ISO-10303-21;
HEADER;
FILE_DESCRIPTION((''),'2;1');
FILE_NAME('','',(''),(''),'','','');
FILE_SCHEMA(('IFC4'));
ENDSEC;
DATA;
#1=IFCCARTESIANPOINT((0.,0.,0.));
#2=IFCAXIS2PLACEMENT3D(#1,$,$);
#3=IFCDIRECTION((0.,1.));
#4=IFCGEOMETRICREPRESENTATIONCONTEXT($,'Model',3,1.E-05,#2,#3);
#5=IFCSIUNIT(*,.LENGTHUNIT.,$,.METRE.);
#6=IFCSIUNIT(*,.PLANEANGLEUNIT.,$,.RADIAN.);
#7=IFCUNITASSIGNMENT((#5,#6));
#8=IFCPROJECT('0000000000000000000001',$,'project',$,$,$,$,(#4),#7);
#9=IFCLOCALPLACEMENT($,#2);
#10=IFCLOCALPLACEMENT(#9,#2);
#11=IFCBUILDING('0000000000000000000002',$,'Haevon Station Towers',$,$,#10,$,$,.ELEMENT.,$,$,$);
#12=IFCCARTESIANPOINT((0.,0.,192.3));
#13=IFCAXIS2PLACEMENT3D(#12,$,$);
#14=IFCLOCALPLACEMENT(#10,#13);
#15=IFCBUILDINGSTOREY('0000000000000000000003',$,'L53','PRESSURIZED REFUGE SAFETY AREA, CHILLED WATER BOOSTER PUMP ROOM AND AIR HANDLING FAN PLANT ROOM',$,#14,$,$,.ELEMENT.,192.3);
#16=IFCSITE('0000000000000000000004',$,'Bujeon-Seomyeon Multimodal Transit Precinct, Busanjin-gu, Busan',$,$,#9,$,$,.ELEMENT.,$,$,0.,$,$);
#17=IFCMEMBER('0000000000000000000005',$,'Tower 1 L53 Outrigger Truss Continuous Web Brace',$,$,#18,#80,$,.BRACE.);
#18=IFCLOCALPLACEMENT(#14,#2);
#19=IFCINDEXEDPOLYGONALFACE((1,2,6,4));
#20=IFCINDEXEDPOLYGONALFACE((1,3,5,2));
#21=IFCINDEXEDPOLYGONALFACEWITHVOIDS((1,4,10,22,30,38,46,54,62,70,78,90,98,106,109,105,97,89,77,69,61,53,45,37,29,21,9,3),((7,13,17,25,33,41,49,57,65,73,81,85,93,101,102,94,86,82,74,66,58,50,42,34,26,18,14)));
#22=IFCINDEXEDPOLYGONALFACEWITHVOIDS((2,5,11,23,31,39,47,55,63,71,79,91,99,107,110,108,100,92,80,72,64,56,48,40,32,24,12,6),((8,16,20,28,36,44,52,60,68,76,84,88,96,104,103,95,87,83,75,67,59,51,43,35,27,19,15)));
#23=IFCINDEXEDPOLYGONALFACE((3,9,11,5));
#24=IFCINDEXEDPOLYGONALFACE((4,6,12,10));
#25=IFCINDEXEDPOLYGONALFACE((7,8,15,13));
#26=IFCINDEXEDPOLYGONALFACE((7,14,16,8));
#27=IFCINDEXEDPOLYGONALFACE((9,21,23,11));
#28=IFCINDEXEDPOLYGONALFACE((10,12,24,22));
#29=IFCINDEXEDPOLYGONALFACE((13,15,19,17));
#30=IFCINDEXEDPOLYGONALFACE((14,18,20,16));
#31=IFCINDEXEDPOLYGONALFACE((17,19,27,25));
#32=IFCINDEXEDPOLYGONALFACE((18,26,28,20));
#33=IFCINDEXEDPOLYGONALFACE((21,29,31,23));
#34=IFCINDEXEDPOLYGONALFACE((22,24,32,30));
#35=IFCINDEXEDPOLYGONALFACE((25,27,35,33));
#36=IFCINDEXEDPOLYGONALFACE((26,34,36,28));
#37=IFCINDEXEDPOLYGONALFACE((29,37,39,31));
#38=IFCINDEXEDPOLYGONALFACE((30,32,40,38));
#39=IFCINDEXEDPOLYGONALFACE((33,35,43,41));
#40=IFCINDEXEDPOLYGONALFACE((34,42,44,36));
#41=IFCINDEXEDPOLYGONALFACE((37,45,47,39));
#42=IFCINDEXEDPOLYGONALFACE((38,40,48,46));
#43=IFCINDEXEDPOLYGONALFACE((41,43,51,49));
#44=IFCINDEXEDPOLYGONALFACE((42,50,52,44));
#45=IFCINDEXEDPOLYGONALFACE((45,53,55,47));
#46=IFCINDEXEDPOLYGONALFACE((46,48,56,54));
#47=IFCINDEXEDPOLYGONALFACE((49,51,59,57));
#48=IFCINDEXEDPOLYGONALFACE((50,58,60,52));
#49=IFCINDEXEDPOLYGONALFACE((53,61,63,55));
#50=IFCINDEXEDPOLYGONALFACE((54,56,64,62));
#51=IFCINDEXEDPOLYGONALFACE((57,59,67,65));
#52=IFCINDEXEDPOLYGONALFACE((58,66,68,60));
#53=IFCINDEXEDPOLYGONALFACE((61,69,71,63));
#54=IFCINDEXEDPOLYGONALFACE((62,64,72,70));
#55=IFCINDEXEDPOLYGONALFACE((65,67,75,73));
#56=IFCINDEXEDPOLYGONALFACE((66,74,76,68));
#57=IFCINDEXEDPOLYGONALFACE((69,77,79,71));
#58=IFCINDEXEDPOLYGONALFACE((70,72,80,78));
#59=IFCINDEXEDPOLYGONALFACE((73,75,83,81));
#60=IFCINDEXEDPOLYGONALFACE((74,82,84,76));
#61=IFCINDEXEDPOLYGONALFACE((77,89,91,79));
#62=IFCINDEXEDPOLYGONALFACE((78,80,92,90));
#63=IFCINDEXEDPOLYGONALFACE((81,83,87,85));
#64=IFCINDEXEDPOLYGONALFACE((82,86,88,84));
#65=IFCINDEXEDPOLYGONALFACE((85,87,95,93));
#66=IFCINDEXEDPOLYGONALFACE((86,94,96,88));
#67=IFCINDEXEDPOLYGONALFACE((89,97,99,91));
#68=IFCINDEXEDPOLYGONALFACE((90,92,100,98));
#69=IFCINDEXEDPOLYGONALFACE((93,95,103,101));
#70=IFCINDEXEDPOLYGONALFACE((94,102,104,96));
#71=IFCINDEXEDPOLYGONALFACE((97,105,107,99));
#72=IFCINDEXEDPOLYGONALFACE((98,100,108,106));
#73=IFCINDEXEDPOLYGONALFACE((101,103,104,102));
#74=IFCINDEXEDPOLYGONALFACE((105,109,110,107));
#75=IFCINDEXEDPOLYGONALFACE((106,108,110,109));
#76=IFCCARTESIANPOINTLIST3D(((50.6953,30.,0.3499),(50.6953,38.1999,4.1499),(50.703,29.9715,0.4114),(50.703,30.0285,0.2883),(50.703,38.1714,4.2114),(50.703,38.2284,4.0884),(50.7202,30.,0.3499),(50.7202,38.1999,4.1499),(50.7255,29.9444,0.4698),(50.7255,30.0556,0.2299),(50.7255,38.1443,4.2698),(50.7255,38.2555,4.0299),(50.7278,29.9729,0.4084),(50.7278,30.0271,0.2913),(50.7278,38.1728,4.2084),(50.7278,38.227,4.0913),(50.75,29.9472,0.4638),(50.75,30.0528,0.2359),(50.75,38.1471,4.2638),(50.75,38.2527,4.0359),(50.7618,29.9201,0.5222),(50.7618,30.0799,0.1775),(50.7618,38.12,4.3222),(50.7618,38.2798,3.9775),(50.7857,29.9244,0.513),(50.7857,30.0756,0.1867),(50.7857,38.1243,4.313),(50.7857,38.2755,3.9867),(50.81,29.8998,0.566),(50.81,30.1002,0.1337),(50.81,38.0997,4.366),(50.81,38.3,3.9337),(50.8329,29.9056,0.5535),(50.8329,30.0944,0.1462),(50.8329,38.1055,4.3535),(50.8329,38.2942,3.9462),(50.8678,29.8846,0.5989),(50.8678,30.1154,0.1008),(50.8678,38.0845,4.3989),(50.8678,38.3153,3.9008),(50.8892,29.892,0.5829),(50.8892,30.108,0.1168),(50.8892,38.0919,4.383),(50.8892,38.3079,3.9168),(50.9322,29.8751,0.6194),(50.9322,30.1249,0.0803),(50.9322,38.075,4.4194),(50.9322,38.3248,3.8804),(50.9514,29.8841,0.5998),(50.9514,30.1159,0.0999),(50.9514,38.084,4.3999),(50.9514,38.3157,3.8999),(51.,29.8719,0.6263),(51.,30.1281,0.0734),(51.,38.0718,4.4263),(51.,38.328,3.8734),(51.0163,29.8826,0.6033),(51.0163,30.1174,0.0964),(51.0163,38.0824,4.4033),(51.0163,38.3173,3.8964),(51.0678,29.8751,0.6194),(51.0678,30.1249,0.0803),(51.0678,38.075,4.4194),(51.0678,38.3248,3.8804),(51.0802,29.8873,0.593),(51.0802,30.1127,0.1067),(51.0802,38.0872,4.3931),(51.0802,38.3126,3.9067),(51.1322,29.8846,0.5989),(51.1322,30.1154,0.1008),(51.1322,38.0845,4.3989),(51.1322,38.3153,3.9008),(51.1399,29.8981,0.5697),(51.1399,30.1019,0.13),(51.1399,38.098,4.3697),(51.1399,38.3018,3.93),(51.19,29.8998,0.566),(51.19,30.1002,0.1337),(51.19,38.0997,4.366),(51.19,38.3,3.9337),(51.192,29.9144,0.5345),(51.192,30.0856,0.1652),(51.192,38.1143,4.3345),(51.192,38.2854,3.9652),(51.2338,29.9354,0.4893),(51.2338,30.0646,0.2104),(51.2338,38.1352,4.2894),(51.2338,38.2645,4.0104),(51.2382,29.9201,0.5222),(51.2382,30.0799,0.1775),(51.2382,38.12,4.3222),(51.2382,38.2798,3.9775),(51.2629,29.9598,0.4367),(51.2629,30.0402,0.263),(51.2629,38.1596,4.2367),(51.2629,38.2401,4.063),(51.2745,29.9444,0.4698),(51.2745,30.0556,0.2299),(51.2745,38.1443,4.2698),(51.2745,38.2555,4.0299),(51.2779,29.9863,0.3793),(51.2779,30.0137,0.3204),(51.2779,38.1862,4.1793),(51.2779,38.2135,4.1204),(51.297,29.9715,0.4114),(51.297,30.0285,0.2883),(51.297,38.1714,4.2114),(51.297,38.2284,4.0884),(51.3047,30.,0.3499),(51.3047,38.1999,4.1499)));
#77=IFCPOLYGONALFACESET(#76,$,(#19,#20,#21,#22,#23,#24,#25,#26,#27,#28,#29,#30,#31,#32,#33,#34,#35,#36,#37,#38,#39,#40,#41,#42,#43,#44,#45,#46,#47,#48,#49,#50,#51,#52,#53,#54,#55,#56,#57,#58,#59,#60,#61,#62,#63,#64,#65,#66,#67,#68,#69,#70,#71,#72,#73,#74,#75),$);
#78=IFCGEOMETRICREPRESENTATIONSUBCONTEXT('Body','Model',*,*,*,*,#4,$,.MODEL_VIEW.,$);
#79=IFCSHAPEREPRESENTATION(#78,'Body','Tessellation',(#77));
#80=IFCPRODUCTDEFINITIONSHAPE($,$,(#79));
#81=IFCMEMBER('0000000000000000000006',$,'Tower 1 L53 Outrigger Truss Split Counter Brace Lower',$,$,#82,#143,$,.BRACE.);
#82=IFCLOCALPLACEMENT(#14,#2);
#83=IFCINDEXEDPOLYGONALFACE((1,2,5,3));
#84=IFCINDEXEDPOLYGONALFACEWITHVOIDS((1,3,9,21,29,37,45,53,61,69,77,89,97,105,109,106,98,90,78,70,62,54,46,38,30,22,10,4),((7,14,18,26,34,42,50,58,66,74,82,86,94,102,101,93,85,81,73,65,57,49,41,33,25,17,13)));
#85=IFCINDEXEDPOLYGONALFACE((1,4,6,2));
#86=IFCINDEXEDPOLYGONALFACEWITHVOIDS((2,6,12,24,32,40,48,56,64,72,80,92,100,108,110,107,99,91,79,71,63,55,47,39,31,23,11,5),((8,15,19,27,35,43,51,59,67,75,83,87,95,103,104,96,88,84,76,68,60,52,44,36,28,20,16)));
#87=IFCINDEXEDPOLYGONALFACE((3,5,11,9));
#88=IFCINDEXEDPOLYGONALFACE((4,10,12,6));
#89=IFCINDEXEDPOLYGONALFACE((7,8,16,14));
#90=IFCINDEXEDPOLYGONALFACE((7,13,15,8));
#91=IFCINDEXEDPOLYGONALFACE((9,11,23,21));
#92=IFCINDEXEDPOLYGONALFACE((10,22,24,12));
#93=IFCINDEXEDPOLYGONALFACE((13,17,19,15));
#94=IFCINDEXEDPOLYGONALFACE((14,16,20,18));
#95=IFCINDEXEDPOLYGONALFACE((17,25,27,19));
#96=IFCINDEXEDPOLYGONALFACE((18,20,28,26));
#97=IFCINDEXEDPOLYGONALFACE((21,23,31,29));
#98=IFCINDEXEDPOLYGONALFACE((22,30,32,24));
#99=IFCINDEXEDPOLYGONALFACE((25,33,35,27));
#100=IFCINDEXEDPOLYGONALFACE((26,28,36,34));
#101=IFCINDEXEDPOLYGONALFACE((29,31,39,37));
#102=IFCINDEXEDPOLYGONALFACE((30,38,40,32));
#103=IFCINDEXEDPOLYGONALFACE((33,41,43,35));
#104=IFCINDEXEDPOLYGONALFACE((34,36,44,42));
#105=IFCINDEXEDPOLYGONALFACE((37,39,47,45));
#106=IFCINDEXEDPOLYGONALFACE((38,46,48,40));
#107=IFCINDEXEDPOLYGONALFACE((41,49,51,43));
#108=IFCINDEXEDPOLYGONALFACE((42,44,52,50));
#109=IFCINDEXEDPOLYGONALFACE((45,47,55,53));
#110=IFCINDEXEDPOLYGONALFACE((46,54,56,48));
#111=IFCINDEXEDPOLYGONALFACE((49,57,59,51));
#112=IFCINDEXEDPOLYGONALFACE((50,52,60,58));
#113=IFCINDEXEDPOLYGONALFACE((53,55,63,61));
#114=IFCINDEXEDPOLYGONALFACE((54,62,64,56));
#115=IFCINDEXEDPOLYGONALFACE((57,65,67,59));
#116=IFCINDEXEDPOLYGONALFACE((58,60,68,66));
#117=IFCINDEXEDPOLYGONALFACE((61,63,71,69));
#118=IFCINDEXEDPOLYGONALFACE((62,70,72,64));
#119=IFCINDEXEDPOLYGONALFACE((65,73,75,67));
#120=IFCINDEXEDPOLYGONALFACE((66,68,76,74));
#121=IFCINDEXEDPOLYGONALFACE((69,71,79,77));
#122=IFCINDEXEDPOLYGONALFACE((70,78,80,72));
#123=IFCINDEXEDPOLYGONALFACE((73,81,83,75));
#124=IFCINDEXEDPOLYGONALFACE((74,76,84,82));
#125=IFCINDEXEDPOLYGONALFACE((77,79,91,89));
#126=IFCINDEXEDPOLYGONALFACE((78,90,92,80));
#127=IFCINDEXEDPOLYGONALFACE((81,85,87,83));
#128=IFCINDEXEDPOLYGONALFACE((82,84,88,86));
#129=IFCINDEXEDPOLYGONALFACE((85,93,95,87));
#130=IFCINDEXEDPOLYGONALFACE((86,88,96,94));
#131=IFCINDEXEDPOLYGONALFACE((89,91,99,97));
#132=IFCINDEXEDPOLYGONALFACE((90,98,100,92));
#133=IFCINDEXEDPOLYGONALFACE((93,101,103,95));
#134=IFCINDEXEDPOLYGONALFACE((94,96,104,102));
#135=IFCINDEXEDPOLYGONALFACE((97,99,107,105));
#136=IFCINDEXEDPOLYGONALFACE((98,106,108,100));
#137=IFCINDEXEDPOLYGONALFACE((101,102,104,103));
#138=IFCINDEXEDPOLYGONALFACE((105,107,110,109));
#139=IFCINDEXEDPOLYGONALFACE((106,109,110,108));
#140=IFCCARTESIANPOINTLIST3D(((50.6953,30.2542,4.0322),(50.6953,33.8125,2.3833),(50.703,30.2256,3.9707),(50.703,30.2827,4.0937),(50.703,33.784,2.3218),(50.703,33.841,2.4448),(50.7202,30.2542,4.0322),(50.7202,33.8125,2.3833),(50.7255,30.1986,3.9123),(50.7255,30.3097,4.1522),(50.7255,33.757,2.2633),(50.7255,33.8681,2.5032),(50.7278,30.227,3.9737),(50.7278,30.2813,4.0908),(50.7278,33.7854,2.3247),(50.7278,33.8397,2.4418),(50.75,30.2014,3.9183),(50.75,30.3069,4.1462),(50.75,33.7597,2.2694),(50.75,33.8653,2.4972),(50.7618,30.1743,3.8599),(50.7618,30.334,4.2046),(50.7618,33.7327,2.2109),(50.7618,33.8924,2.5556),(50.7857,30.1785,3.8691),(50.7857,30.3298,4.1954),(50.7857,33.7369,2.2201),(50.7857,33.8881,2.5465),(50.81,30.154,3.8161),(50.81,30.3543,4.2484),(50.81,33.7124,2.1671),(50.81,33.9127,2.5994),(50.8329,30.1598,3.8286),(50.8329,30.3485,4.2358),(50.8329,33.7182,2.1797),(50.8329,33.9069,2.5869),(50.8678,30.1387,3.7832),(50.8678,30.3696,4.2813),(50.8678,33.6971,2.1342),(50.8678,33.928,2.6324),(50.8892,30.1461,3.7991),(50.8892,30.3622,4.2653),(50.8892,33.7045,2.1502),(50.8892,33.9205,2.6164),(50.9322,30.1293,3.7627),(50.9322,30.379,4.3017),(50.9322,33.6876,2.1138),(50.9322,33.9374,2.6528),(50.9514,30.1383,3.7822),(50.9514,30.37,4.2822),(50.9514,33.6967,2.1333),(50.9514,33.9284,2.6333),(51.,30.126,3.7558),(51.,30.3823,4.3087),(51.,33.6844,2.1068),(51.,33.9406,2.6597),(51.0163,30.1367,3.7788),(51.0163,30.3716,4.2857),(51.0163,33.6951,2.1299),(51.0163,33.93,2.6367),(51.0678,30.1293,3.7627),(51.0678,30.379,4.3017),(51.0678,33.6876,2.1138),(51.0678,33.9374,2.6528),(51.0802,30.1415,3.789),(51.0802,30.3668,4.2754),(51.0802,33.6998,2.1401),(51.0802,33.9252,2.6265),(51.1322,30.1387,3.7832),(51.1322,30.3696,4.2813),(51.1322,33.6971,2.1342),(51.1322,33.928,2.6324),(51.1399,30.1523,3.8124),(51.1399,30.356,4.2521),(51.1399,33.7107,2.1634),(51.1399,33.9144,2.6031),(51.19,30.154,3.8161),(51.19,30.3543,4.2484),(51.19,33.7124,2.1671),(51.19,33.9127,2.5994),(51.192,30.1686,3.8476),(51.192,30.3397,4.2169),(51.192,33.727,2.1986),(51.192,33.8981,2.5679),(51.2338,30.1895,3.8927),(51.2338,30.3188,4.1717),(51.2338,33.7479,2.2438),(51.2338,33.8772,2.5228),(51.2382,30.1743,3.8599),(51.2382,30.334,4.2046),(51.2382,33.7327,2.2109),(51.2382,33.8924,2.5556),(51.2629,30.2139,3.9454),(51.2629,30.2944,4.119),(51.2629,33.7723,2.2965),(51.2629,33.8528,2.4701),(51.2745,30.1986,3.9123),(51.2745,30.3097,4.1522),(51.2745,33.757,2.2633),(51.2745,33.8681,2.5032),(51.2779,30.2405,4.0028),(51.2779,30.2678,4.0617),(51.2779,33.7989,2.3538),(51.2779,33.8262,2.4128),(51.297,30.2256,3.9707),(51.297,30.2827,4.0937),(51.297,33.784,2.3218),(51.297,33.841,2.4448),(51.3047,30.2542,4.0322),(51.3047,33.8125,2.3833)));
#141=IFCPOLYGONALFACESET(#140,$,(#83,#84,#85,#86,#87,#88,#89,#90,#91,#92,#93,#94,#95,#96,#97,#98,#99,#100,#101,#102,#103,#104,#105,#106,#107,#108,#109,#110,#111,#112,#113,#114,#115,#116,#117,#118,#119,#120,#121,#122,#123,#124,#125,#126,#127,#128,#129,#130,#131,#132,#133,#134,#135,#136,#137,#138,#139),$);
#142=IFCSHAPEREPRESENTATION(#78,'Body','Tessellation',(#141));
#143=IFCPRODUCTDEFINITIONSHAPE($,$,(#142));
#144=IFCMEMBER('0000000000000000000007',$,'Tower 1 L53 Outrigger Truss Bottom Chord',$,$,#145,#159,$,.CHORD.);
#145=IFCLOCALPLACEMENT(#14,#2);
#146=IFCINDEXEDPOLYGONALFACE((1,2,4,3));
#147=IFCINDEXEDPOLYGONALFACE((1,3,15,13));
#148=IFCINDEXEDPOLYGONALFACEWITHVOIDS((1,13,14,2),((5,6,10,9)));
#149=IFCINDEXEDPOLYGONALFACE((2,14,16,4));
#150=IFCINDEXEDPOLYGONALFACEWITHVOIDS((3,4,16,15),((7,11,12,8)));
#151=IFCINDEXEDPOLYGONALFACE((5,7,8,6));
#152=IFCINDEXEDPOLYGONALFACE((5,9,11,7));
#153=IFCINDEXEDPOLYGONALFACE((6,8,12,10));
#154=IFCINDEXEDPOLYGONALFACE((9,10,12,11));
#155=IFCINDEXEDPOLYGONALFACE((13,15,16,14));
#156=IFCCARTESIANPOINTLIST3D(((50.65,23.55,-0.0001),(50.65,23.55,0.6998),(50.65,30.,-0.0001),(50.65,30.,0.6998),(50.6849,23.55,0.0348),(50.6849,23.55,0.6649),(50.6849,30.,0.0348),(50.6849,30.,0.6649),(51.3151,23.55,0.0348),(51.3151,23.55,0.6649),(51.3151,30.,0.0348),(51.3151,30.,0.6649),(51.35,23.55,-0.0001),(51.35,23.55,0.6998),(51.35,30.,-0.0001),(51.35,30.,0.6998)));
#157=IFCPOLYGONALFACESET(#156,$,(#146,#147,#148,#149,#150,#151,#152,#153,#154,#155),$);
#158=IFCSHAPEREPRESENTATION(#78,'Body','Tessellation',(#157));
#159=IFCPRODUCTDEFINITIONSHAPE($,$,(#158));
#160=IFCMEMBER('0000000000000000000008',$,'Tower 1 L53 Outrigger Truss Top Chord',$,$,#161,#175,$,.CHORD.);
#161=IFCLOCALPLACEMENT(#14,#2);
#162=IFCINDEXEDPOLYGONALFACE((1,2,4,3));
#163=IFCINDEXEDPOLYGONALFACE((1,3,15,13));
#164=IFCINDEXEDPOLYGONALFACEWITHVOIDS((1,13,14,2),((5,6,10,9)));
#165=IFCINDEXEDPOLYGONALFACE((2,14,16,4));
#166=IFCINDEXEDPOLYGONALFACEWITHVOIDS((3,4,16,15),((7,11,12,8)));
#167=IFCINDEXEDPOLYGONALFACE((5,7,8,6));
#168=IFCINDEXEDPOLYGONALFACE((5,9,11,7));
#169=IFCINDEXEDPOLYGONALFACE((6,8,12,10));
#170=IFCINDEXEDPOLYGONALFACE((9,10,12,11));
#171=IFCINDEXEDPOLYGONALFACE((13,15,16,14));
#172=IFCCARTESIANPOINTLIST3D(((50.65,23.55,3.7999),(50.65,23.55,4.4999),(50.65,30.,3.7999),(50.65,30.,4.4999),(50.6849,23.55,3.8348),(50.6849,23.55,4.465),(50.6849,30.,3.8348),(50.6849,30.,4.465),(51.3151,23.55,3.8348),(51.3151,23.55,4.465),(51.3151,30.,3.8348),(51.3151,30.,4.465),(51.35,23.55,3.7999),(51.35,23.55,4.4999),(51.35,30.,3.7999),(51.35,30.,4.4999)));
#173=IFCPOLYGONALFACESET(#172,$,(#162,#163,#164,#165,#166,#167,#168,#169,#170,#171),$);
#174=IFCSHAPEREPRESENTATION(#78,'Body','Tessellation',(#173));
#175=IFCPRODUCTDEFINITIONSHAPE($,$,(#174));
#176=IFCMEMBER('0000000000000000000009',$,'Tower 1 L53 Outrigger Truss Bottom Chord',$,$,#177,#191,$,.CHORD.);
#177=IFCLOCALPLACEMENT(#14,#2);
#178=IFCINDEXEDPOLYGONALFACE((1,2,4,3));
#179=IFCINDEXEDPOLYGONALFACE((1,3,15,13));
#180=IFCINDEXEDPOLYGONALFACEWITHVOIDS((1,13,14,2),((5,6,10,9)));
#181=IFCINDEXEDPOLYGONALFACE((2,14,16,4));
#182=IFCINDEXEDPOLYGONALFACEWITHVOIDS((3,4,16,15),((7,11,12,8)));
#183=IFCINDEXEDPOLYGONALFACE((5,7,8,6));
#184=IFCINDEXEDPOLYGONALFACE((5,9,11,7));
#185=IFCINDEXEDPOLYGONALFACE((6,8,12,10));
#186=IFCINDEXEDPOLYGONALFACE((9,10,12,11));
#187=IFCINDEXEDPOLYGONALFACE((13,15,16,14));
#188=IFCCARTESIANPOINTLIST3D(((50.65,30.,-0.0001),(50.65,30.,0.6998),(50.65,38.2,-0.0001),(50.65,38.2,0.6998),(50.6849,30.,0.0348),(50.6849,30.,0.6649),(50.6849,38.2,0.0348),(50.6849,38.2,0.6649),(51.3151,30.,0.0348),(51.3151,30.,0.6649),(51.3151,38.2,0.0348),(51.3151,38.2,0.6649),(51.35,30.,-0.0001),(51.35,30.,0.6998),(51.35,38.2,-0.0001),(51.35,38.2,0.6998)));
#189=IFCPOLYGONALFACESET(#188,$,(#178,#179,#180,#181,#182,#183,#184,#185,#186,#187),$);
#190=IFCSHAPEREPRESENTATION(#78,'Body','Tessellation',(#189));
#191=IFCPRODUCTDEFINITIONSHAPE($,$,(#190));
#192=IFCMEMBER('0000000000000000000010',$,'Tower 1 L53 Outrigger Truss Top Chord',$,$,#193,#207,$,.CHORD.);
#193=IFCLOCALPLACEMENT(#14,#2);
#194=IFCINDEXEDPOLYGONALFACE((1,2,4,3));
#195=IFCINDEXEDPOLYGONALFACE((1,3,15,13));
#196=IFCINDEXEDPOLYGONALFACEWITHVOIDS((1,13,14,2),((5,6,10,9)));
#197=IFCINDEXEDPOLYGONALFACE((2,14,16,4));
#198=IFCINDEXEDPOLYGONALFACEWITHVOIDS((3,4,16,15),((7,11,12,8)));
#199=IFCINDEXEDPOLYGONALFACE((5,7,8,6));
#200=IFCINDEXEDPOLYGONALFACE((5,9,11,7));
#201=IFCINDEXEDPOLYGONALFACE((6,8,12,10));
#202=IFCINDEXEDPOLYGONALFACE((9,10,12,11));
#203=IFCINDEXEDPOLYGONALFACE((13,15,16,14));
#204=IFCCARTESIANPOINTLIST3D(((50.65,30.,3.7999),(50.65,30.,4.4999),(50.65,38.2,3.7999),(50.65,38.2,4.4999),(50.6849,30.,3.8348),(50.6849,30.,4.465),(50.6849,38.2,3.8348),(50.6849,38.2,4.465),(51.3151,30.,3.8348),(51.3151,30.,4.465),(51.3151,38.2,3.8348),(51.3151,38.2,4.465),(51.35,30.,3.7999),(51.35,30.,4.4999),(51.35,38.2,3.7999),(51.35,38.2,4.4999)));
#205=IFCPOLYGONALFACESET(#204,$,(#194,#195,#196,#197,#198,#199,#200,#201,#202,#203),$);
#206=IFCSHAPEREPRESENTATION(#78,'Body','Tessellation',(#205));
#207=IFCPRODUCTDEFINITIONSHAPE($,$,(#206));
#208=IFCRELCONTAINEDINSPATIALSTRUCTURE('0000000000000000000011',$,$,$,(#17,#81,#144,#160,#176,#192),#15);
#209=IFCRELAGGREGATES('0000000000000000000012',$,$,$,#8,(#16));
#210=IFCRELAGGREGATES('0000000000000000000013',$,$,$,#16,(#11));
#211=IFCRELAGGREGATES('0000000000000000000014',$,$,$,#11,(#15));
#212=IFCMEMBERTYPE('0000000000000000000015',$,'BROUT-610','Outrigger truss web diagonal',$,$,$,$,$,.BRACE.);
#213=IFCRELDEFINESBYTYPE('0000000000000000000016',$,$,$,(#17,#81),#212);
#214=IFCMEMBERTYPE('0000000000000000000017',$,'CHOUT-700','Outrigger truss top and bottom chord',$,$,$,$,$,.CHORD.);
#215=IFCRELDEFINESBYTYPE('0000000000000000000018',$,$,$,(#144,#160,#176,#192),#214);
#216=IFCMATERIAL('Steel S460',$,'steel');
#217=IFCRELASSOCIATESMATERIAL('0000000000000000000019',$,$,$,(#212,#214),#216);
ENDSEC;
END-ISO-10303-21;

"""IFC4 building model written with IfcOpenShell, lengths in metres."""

from ifc_helpers import new_model, si_unit, direction, frame, origin, origin_2d, place, context, subcontext, project, spatial, hollow_rectangle, hollow_circle, extrude, material, material_profile, profile_set, type_object, element, save


model = new_model("IFC4")

# Units and contexts
model_context = context("Model", 3, precision=1e-05, world=origin(), true_north=direction((0.0, 1.0)))
body_context = subcontext(model_context, "Body", "Model", "MODEL_VIEW")
ifc_project = project(units=[si_unit("LENGTHUNIT", "METRE"), si_unit("PLANEANGLEUNIT", "RADIAN")], contexts=[model_context])

# Site, building, storey
site_placement = place(None, origin())
site = spatial("IfcSite", under=ifc_project, at=site_placement, Name="Bujeon-Seomyeon Multimodal Transit Precinct, Busanjin-gu, Busan", CompositionType="ELEMENT", RefElevation=0.0)
building_placement = place(site_placement, origin())
building = spatial("IfcBuilding", under=site, at=building_placement, Name="Haevon Station Towers", CompositionType="ELEMENT")
storey_placement = place(building_placement, frame((0.0, 0.0, 192.3)))
storey = spatial("IfcBuildingStorey", under=building, at=storey_placement, Name="L53", Description="PRESSURIZED REFUGE SAFETY AREA, CHILLED WATER BOOSTER PUMP ROOM AND AIR HANDLING FAN PLANT ROOM", CompositionType="ELEMENT", Elevation=192.3)

# Shared definitions
ifc_material_1 = material(Name="Steel S460", Category="steel")

# Members
ifc_material_profile_1 = material_profile(ifc_material_1, hollow_circle(Radius=0.3047, WallThickness=0.0249, at=origin_2d()), Name="CHS-609.6x25")
ifc_profile_set_1 = profile_set([ifc_material_profile_1], Name="Steel S460")
member_type_1 = type_object("IfcMemberType", Name="BROUT-610", Description="Outrigger truss web diagonal", PredefinedType="BRACE", material=ifc_profile_set_1)
member_1_placement = place(storey_placement, frame((51.0, 30.0, 0.3499), z_axis=(0.0, 0.907308, 0.420468), x_axis=(-1.0, 0.0, 0.0)))
element("IfcMember", 1, at=member_1_placement, inside=storey, type_object=member_type_1, Name="Tower 1 L53 Outrigger Truss Continuous Web Brace", PredefinedType="BRACE", context=body_context, shape_type="SweptSolid", body=[
    extrude(hollow_circle(Radius=0.3047, WallThickness=0.0249, at=origin_2d()), origin(), (0.0, 0.0, 1.0), 9.0376),
])
member_2_placement = place(storey_placement, frame((51.0, 30.2542, 4.0322), z_axis=(0.0, 0.907317, -0.420447), x_axis=(-1.0, 0.0, 0.0)))
element("IfcMember", 2, at=member_2_placement, inside=storey, type_object=member_type_1, Name="Tower 1 L53 Outrigger Truss Split Counter Brace Lower", PredefinedType="BRACE", context=body_context, shape_type="SweptSolid", body=[
    extrude(hollow_circle(Radius=0.3047, WallThickness=0.0249, at=origin_2d()), origin(), (0.0, 0.0, 1.0), 3.9219),
])
ifc_material_profile_2 = material_profile(ifc_material_1, hollow_rectangle(XDim=0.7, YDim=0.7, WallThickness=0.0349, at=origin_2d()), Name="RHS-700x700x35")
ifc_profile_set_2 = profile_set([ifc_material_profile_2], Name="Steel S460")
member_type_2 = type_object("IfcMemberType", Name="CHOUT-700", Description="Outrigger truss top and bottom chord", PredefinedType="CHORD", material=ifc_profile_set_2)
for number, where, z_axis, x_axis, name in (
    (3, (51.0, 23.55, 0.3499), (0.0, 1.0, 0.0), (-1.0, 0.0, 0.0), "Tower 1 L53 Outrigger Truss Bottom Chord"),
    (4, (51.0, 23.55, 4.1499), (0.0, 1.0, 0.0), (-1.0, 0.0, 0.0), "Tower 1 L53 Outrigger Truss Top Chord"),
):
    element("IfcMember", number, at=place(storey_placement, frame(where, z_axis=z_axis, x_axis=x_axis)), inside=storey, type_object=member_type_2, Name=name, PredefinedType="CHORD", context=body_context, shape_type="SweptSolid", body=[
        extrude(hollow_rectangle(XDim=0.7, YDim=0.7, WallThickness=0.0349, at=origin_2d()), origin(), (0.0, 0.0, 1.0), 6.45),
    ])
for number, where, z_axis, x_axis, name in (
    (5, (51.0, 30.0, 0.3499), (0.0, 1.0, 0.0), (-1.0, 0.0, 0.0), "Tower 1 L53 Outrigger Truss Bottom Chord"),
    (6, (51.0, 30.0, 4.1499), (0.0, 1.0, 0.0), (-1.0, 0.0, 0.0), "Tower 1 L53 Outrigger Truss Top Chord"),
):
    element("IfcMember", number, at=place(storey_placement, frame(where, z_axis=z_axis, x_axis=x_axis)), inside=storey, type_object=member_type_2, Name=name, PredefinedType="CHORD", context=body_context, shape_type="SweptSolid", body=[
        extrude(hollow_rectangle(XDim=0.7, YDim=0.7, WallThickness=0.0349, at=origin_2d()), origin(), (0.0, 0.0, 1.0), 8.2),
    ])

save(model, "model.ifc")
